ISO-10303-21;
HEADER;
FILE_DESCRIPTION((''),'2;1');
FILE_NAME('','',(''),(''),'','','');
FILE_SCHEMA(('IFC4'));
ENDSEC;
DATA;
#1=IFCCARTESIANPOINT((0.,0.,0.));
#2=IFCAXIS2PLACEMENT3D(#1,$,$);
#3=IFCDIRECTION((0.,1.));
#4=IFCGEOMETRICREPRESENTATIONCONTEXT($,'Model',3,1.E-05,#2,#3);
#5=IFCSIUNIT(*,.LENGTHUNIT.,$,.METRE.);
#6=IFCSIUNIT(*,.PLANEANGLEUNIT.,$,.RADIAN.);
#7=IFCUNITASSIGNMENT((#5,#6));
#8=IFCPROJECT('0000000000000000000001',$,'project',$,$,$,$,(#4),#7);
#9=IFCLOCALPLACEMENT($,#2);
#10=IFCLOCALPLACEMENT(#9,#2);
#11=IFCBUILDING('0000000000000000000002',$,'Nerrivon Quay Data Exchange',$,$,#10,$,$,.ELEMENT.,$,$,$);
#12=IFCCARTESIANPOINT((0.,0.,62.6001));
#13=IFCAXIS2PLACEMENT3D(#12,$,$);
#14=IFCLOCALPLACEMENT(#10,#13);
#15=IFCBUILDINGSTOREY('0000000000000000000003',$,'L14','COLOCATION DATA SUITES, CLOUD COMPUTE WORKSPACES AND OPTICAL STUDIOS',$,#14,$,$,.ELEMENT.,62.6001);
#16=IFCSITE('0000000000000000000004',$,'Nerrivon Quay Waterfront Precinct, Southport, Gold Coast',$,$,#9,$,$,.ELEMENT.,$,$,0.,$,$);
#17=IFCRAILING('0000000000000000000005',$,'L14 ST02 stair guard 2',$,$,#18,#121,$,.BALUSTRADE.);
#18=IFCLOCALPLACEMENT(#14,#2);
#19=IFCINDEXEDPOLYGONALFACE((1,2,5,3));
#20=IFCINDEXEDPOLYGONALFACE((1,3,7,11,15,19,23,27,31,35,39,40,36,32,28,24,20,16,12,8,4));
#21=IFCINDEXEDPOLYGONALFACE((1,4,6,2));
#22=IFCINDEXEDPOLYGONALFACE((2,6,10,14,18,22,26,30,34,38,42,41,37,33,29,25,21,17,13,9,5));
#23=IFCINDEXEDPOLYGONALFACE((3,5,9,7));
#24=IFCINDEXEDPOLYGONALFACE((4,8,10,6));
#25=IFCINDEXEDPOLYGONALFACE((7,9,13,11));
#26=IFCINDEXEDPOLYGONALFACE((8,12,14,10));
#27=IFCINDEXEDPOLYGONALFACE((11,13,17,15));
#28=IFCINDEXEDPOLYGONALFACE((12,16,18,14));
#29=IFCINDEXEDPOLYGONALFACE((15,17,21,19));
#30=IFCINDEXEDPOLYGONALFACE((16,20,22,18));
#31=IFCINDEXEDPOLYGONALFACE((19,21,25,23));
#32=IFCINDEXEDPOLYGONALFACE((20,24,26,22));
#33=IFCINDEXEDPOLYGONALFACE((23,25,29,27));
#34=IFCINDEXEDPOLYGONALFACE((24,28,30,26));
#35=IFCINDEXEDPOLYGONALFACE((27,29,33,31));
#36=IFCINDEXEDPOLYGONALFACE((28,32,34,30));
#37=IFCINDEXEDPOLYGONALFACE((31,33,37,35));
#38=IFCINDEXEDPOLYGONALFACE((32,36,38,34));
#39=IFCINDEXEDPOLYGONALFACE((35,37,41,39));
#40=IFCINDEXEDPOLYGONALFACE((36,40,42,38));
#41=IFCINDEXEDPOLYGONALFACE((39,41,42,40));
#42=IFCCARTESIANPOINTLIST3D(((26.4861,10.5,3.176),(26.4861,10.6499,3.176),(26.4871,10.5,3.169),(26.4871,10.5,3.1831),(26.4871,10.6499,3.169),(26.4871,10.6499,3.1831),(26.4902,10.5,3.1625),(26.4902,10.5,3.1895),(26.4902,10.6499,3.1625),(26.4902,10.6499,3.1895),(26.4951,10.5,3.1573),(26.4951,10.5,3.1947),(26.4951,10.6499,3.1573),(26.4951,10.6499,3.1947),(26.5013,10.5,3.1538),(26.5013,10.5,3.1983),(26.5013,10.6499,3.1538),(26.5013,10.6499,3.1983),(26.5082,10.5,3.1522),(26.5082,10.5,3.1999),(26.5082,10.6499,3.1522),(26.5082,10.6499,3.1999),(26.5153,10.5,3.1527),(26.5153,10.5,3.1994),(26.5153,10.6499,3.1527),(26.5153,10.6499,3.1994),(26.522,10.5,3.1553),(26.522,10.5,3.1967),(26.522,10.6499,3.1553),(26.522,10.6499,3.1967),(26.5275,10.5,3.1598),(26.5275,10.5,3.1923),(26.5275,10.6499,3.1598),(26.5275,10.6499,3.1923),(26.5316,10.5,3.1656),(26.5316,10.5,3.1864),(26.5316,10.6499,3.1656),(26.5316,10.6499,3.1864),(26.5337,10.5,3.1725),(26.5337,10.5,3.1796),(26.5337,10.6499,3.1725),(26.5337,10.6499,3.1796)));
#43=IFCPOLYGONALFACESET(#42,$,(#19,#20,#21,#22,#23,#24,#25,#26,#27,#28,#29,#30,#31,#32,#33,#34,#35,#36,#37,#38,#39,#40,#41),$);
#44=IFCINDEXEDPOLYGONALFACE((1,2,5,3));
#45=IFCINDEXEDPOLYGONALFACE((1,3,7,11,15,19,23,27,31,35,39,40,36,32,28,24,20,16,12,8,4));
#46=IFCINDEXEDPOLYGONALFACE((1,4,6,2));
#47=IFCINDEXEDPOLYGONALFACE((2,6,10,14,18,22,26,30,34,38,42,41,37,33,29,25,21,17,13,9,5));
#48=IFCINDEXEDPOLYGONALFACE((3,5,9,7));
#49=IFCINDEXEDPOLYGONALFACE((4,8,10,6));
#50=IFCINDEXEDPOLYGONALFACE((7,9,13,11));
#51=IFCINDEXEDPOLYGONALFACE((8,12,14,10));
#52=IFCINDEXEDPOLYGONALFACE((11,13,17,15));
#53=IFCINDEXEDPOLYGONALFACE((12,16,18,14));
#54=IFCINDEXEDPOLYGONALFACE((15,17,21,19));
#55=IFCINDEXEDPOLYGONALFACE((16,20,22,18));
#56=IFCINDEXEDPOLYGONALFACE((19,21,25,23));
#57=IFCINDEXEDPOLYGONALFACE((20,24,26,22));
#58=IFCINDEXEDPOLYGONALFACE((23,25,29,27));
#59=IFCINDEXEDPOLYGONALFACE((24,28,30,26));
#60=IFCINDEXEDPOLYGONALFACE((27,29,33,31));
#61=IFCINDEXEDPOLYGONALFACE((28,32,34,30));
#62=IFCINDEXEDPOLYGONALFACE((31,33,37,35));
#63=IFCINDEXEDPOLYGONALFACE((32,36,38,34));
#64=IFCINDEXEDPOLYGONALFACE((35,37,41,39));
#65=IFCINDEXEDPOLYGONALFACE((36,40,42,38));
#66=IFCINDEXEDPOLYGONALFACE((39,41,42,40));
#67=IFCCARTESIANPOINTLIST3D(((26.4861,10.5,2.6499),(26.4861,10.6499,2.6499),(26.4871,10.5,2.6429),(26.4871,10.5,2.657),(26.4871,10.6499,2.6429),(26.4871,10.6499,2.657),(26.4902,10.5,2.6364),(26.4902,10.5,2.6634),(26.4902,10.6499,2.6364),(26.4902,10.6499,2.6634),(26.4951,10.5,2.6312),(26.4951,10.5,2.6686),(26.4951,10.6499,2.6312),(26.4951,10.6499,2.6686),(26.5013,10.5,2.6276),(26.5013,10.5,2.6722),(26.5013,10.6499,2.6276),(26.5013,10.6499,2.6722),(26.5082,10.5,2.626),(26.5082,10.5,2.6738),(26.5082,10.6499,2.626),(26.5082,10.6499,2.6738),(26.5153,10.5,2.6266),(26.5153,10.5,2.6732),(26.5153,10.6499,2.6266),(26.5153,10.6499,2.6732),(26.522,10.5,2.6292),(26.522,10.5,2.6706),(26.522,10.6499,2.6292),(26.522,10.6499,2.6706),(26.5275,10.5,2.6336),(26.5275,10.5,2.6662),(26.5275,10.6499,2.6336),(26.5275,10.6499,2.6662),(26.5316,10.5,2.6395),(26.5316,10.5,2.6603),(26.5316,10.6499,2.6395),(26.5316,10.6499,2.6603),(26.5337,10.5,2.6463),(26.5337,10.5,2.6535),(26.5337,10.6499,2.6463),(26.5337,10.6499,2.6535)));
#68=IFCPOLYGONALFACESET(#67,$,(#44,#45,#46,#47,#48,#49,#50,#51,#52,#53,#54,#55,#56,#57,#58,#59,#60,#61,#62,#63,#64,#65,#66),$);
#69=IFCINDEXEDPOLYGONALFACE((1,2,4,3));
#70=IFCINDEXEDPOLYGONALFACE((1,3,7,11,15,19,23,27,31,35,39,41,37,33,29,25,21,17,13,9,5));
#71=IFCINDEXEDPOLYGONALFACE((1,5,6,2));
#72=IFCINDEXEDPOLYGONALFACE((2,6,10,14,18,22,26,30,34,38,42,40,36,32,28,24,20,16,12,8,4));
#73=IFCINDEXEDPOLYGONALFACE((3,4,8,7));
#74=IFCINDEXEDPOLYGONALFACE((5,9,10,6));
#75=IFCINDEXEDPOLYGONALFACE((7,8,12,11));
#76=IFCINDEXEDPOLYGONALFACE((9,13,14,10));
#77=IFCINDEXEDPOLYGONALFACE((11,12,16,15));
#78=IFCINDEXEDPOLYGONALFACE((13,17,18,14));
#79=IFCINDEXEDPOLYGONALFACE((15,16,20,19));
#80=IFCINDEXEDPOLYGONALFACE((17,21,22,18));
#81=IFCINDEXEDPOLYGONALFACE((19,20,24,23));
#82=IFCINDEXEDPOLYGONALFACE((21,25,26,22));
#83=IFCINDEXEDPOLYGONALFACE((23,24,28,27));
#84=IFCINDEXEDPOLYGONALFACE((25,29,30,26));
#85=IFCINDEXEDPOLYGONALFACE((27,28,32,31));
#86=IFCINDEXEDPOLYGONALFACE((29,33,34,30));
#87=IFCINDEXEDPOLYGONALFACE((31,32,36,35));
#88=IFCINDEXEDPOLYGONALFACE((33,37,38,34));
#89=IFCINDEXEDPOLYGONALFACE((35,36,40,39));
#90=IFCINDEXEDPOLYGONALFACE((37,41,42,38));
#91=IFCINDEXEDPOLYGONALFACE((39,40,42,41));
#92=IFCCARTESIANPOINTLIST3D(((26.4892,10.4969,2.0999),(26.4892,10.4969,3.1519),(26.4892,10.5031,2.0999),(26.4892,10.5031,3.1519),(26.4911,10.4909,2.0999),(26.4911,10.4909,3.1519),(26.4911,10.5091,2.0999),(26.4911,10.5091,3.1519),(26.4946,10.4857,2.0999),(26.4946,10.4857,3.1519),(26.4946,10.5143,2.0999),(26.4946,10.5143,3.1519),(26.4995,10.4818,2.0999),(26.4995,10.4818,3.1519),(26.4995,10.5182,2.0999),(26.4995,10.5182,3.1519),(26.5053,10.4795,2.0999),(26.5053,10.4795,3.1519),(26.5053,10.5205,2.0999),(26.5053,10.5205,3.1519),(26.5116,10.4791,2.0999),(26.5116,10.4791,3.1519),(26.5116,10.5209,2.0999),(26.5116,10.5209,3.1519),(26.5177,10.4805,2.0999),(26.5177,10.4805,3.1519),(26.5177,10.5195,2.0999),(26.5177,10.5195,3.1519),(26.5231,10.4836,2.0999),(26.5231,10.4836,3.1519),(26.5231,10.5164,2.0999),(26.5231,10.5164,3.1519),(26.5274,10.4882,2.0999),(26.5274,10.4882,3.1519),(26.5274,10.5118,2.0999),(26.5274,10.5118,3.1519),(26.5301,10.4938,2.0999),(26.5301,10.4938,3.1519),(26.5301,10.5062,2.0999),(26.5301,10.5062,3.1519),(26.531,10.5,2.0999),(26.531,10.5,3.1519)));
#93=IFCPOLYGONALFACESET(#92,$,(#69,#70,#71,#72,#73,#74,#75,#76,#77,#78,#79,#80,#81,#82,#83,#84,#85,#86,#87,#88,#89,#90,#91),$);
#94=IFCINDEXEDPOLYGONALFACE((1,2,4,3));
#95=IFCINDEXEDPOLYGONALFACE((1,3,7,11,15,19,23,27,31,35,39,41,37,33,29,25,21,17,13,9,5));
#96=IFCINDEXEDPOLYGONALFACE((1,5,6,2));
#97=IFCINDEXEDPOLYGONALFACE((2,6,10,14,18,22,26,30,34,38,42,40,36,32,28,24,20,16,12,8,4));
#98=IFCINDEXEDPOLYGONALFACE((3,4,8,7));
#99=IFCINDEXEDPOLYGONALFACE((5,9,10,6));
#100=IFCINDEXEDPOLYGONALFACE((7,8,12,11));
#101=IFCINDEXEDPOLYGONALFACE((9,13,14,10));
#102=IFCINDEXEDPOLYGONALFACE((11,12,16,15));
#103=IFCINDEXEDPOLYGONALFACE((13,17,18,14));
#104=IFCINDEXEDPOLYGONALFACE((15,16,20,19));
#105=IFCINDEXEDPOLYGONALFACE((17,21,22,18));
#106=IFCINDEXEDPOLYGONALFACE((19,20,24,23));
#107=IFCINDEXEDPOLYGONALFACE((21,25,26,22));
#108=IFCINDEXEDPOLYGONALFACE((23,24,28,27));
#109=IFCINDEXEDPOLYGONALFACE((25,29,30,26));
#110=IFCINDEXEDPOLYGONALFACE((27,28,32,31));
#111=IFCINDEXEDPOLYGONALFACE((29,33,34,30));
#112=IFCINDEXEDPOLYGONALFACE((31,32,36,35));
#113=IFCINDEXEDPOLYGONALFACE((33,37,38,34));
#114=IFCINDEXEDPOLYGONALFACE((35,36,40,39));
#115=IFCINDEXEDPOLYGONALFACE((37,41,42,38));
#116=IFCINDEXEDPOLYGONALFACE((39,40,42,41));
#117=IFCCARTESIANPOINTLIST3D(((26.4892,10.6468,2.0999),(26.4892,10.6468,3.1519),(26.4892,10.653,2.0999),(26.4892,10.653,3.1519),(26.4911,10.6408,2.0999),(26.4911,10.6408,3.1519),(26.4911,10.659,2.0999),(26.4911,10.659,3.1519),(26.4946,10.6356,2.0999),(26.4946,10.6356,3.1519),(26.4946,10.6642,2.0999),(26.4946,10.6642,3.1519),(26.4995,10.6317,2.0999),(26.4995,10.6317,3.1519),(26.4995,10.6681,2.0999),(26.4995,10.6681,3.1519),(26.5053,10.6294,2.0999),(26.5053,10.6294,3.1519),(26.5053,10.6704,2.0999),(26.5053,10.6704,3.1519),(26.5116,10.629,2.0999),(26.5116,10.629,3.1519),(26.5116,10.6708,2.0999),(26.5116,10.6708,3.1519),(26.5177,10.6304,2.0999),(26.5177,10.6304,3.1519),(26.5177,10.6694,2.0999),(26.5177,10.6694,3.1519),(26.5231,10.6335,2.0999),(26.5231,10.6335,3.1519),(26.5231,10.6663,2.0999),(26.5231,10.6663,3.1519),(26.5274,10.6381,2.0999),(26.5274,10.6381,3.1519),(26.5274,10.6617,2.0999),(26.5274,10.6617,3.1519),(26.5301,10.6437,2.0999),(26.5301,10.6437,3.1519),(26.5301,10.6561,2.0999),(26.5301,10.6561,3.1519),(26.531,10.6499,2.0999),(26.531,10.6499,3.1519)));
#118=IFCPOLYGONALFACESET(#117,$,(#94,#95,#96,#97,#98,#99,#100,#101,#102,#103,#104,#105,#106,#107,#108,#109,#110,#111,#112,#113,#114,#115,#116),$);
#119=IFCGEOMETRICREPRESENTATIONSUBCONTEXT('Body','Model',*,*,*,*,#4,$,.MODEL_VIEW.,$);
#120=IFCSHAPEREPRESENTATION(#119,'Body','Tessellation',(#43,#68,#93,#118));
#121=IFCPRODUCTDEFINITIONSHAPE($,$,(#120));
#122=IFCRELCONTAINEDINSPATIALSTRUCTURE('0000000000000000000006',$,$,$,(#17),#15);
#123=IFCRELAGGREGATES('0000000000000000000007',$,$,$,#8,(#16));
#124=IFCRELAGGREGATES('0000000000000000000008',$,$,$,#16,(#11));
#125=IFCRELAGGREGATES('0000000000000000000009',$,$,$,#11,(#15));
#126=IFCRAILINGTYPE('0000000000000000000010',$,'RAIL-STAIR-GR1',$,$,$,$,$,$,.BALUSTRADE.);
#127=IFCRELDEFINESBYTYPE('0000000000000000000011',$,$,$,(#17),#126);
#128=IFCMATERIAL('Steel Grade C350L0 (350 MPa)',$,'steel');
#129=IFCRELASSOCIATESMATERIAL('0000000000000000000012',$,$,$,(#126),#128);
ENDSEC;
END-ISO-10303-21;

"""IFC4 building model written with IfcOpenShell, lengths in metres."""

from ifc_helpers import new_model, si_unit, direction, frame, origin, origin_2d, place, context, subcontext, project, spatial, circle, extrude, material, type_object, element, save


model = new_model("IFC4")

# Units and contexts
model_context = context("Model", 3, precision=1e-05, world=origin(), true_north=direction((0.0, 1.0)))
body_context = subcontext(model_context, "Body", "Model", "MODEL_VIEW")
ifc_project = project(units=[si_unit("LENGTHUNIT", "METRE"), si_unit("PLANEANGLEUNIT", "RADIAN")], contexts=[model_context])

# Site, building, storey
site_placement = place(None, origin())
site = spatial("IfcSite", under=ifc_project, at=site_placement, Name="Nerrivon Quay Waterfront Precinct, Southport, Gold Coast", CompositionType="ELEMENT", RefElevation=0.0)
building_placement = place(site_placement, origin())
building = spatial("IfcBuilding", under=site, at=building_placement, Name="Nerrivon Quay Data Exchange", CompositionType="ELEMENT")
storey_placement = place(building_placement, frame((0.0, 0.0, 62.6001)))
storey = spatial("IfcBuildingStorey", under=building, at=storey_placement, Name="L14", Description="COLOCATION DATA SUITES, CLOUD COMPUTE WORKSPACES AND OPTICAL STUDIOS", CompositionType="ELEMENT", Elevation=62.6001)

# Railing
ifc_material_1 = material(Name="Steel Grade C350L0 (350 MPa)", Category="steel")
railing_type_1 = type_object("IfcRailingType", Name="RAIL-STAIR-GR1", PredefinedType="BALUSTRADE", material=ifc_material_1)
railing_1_placement = place(storey_placement, frame((26.51, 10.5, 2.0999)))
element("IfcRailing", 1, at=railing_1_placement, inside=storey, type_object=railing_type_1, Name="L14 ST02 stair guard 2", PredefinedType="BALUSTRADE", context=body_context, shape_type="SweptSolid", body=[
    extrude(circle(Radius=0.0239, at=origin_2d()), frame((0.0, 0.0, 1.0762), z_axis=(0.0, 1.0, 0.0), x_axis=(-1.0, 0.0, 0.0)), (0.0, 0.0, 1.0), 0.1499),
    extrude(circle(Radius=0.0239, at=origin_2d()), frame((0.0, 0.0, 0.55), z_axis=(0.0, 1.0, 0.0), x_axis=(-1.0, 0.0, 0.0)), (0.0, 0.0, 1.0), 0.1499),
    extrude(circle(Radius=0.021, at=origin_2d()), origin(), (0.0, 0.0, 1.0), 1.052),
    extrude(circle(Radius=0.021, at=origin_2d()), frame((0.0, 0.1499, 0.0)), (0.0, 0.0, 1.0), 1.052),
])

save(model, "model.ifc")
